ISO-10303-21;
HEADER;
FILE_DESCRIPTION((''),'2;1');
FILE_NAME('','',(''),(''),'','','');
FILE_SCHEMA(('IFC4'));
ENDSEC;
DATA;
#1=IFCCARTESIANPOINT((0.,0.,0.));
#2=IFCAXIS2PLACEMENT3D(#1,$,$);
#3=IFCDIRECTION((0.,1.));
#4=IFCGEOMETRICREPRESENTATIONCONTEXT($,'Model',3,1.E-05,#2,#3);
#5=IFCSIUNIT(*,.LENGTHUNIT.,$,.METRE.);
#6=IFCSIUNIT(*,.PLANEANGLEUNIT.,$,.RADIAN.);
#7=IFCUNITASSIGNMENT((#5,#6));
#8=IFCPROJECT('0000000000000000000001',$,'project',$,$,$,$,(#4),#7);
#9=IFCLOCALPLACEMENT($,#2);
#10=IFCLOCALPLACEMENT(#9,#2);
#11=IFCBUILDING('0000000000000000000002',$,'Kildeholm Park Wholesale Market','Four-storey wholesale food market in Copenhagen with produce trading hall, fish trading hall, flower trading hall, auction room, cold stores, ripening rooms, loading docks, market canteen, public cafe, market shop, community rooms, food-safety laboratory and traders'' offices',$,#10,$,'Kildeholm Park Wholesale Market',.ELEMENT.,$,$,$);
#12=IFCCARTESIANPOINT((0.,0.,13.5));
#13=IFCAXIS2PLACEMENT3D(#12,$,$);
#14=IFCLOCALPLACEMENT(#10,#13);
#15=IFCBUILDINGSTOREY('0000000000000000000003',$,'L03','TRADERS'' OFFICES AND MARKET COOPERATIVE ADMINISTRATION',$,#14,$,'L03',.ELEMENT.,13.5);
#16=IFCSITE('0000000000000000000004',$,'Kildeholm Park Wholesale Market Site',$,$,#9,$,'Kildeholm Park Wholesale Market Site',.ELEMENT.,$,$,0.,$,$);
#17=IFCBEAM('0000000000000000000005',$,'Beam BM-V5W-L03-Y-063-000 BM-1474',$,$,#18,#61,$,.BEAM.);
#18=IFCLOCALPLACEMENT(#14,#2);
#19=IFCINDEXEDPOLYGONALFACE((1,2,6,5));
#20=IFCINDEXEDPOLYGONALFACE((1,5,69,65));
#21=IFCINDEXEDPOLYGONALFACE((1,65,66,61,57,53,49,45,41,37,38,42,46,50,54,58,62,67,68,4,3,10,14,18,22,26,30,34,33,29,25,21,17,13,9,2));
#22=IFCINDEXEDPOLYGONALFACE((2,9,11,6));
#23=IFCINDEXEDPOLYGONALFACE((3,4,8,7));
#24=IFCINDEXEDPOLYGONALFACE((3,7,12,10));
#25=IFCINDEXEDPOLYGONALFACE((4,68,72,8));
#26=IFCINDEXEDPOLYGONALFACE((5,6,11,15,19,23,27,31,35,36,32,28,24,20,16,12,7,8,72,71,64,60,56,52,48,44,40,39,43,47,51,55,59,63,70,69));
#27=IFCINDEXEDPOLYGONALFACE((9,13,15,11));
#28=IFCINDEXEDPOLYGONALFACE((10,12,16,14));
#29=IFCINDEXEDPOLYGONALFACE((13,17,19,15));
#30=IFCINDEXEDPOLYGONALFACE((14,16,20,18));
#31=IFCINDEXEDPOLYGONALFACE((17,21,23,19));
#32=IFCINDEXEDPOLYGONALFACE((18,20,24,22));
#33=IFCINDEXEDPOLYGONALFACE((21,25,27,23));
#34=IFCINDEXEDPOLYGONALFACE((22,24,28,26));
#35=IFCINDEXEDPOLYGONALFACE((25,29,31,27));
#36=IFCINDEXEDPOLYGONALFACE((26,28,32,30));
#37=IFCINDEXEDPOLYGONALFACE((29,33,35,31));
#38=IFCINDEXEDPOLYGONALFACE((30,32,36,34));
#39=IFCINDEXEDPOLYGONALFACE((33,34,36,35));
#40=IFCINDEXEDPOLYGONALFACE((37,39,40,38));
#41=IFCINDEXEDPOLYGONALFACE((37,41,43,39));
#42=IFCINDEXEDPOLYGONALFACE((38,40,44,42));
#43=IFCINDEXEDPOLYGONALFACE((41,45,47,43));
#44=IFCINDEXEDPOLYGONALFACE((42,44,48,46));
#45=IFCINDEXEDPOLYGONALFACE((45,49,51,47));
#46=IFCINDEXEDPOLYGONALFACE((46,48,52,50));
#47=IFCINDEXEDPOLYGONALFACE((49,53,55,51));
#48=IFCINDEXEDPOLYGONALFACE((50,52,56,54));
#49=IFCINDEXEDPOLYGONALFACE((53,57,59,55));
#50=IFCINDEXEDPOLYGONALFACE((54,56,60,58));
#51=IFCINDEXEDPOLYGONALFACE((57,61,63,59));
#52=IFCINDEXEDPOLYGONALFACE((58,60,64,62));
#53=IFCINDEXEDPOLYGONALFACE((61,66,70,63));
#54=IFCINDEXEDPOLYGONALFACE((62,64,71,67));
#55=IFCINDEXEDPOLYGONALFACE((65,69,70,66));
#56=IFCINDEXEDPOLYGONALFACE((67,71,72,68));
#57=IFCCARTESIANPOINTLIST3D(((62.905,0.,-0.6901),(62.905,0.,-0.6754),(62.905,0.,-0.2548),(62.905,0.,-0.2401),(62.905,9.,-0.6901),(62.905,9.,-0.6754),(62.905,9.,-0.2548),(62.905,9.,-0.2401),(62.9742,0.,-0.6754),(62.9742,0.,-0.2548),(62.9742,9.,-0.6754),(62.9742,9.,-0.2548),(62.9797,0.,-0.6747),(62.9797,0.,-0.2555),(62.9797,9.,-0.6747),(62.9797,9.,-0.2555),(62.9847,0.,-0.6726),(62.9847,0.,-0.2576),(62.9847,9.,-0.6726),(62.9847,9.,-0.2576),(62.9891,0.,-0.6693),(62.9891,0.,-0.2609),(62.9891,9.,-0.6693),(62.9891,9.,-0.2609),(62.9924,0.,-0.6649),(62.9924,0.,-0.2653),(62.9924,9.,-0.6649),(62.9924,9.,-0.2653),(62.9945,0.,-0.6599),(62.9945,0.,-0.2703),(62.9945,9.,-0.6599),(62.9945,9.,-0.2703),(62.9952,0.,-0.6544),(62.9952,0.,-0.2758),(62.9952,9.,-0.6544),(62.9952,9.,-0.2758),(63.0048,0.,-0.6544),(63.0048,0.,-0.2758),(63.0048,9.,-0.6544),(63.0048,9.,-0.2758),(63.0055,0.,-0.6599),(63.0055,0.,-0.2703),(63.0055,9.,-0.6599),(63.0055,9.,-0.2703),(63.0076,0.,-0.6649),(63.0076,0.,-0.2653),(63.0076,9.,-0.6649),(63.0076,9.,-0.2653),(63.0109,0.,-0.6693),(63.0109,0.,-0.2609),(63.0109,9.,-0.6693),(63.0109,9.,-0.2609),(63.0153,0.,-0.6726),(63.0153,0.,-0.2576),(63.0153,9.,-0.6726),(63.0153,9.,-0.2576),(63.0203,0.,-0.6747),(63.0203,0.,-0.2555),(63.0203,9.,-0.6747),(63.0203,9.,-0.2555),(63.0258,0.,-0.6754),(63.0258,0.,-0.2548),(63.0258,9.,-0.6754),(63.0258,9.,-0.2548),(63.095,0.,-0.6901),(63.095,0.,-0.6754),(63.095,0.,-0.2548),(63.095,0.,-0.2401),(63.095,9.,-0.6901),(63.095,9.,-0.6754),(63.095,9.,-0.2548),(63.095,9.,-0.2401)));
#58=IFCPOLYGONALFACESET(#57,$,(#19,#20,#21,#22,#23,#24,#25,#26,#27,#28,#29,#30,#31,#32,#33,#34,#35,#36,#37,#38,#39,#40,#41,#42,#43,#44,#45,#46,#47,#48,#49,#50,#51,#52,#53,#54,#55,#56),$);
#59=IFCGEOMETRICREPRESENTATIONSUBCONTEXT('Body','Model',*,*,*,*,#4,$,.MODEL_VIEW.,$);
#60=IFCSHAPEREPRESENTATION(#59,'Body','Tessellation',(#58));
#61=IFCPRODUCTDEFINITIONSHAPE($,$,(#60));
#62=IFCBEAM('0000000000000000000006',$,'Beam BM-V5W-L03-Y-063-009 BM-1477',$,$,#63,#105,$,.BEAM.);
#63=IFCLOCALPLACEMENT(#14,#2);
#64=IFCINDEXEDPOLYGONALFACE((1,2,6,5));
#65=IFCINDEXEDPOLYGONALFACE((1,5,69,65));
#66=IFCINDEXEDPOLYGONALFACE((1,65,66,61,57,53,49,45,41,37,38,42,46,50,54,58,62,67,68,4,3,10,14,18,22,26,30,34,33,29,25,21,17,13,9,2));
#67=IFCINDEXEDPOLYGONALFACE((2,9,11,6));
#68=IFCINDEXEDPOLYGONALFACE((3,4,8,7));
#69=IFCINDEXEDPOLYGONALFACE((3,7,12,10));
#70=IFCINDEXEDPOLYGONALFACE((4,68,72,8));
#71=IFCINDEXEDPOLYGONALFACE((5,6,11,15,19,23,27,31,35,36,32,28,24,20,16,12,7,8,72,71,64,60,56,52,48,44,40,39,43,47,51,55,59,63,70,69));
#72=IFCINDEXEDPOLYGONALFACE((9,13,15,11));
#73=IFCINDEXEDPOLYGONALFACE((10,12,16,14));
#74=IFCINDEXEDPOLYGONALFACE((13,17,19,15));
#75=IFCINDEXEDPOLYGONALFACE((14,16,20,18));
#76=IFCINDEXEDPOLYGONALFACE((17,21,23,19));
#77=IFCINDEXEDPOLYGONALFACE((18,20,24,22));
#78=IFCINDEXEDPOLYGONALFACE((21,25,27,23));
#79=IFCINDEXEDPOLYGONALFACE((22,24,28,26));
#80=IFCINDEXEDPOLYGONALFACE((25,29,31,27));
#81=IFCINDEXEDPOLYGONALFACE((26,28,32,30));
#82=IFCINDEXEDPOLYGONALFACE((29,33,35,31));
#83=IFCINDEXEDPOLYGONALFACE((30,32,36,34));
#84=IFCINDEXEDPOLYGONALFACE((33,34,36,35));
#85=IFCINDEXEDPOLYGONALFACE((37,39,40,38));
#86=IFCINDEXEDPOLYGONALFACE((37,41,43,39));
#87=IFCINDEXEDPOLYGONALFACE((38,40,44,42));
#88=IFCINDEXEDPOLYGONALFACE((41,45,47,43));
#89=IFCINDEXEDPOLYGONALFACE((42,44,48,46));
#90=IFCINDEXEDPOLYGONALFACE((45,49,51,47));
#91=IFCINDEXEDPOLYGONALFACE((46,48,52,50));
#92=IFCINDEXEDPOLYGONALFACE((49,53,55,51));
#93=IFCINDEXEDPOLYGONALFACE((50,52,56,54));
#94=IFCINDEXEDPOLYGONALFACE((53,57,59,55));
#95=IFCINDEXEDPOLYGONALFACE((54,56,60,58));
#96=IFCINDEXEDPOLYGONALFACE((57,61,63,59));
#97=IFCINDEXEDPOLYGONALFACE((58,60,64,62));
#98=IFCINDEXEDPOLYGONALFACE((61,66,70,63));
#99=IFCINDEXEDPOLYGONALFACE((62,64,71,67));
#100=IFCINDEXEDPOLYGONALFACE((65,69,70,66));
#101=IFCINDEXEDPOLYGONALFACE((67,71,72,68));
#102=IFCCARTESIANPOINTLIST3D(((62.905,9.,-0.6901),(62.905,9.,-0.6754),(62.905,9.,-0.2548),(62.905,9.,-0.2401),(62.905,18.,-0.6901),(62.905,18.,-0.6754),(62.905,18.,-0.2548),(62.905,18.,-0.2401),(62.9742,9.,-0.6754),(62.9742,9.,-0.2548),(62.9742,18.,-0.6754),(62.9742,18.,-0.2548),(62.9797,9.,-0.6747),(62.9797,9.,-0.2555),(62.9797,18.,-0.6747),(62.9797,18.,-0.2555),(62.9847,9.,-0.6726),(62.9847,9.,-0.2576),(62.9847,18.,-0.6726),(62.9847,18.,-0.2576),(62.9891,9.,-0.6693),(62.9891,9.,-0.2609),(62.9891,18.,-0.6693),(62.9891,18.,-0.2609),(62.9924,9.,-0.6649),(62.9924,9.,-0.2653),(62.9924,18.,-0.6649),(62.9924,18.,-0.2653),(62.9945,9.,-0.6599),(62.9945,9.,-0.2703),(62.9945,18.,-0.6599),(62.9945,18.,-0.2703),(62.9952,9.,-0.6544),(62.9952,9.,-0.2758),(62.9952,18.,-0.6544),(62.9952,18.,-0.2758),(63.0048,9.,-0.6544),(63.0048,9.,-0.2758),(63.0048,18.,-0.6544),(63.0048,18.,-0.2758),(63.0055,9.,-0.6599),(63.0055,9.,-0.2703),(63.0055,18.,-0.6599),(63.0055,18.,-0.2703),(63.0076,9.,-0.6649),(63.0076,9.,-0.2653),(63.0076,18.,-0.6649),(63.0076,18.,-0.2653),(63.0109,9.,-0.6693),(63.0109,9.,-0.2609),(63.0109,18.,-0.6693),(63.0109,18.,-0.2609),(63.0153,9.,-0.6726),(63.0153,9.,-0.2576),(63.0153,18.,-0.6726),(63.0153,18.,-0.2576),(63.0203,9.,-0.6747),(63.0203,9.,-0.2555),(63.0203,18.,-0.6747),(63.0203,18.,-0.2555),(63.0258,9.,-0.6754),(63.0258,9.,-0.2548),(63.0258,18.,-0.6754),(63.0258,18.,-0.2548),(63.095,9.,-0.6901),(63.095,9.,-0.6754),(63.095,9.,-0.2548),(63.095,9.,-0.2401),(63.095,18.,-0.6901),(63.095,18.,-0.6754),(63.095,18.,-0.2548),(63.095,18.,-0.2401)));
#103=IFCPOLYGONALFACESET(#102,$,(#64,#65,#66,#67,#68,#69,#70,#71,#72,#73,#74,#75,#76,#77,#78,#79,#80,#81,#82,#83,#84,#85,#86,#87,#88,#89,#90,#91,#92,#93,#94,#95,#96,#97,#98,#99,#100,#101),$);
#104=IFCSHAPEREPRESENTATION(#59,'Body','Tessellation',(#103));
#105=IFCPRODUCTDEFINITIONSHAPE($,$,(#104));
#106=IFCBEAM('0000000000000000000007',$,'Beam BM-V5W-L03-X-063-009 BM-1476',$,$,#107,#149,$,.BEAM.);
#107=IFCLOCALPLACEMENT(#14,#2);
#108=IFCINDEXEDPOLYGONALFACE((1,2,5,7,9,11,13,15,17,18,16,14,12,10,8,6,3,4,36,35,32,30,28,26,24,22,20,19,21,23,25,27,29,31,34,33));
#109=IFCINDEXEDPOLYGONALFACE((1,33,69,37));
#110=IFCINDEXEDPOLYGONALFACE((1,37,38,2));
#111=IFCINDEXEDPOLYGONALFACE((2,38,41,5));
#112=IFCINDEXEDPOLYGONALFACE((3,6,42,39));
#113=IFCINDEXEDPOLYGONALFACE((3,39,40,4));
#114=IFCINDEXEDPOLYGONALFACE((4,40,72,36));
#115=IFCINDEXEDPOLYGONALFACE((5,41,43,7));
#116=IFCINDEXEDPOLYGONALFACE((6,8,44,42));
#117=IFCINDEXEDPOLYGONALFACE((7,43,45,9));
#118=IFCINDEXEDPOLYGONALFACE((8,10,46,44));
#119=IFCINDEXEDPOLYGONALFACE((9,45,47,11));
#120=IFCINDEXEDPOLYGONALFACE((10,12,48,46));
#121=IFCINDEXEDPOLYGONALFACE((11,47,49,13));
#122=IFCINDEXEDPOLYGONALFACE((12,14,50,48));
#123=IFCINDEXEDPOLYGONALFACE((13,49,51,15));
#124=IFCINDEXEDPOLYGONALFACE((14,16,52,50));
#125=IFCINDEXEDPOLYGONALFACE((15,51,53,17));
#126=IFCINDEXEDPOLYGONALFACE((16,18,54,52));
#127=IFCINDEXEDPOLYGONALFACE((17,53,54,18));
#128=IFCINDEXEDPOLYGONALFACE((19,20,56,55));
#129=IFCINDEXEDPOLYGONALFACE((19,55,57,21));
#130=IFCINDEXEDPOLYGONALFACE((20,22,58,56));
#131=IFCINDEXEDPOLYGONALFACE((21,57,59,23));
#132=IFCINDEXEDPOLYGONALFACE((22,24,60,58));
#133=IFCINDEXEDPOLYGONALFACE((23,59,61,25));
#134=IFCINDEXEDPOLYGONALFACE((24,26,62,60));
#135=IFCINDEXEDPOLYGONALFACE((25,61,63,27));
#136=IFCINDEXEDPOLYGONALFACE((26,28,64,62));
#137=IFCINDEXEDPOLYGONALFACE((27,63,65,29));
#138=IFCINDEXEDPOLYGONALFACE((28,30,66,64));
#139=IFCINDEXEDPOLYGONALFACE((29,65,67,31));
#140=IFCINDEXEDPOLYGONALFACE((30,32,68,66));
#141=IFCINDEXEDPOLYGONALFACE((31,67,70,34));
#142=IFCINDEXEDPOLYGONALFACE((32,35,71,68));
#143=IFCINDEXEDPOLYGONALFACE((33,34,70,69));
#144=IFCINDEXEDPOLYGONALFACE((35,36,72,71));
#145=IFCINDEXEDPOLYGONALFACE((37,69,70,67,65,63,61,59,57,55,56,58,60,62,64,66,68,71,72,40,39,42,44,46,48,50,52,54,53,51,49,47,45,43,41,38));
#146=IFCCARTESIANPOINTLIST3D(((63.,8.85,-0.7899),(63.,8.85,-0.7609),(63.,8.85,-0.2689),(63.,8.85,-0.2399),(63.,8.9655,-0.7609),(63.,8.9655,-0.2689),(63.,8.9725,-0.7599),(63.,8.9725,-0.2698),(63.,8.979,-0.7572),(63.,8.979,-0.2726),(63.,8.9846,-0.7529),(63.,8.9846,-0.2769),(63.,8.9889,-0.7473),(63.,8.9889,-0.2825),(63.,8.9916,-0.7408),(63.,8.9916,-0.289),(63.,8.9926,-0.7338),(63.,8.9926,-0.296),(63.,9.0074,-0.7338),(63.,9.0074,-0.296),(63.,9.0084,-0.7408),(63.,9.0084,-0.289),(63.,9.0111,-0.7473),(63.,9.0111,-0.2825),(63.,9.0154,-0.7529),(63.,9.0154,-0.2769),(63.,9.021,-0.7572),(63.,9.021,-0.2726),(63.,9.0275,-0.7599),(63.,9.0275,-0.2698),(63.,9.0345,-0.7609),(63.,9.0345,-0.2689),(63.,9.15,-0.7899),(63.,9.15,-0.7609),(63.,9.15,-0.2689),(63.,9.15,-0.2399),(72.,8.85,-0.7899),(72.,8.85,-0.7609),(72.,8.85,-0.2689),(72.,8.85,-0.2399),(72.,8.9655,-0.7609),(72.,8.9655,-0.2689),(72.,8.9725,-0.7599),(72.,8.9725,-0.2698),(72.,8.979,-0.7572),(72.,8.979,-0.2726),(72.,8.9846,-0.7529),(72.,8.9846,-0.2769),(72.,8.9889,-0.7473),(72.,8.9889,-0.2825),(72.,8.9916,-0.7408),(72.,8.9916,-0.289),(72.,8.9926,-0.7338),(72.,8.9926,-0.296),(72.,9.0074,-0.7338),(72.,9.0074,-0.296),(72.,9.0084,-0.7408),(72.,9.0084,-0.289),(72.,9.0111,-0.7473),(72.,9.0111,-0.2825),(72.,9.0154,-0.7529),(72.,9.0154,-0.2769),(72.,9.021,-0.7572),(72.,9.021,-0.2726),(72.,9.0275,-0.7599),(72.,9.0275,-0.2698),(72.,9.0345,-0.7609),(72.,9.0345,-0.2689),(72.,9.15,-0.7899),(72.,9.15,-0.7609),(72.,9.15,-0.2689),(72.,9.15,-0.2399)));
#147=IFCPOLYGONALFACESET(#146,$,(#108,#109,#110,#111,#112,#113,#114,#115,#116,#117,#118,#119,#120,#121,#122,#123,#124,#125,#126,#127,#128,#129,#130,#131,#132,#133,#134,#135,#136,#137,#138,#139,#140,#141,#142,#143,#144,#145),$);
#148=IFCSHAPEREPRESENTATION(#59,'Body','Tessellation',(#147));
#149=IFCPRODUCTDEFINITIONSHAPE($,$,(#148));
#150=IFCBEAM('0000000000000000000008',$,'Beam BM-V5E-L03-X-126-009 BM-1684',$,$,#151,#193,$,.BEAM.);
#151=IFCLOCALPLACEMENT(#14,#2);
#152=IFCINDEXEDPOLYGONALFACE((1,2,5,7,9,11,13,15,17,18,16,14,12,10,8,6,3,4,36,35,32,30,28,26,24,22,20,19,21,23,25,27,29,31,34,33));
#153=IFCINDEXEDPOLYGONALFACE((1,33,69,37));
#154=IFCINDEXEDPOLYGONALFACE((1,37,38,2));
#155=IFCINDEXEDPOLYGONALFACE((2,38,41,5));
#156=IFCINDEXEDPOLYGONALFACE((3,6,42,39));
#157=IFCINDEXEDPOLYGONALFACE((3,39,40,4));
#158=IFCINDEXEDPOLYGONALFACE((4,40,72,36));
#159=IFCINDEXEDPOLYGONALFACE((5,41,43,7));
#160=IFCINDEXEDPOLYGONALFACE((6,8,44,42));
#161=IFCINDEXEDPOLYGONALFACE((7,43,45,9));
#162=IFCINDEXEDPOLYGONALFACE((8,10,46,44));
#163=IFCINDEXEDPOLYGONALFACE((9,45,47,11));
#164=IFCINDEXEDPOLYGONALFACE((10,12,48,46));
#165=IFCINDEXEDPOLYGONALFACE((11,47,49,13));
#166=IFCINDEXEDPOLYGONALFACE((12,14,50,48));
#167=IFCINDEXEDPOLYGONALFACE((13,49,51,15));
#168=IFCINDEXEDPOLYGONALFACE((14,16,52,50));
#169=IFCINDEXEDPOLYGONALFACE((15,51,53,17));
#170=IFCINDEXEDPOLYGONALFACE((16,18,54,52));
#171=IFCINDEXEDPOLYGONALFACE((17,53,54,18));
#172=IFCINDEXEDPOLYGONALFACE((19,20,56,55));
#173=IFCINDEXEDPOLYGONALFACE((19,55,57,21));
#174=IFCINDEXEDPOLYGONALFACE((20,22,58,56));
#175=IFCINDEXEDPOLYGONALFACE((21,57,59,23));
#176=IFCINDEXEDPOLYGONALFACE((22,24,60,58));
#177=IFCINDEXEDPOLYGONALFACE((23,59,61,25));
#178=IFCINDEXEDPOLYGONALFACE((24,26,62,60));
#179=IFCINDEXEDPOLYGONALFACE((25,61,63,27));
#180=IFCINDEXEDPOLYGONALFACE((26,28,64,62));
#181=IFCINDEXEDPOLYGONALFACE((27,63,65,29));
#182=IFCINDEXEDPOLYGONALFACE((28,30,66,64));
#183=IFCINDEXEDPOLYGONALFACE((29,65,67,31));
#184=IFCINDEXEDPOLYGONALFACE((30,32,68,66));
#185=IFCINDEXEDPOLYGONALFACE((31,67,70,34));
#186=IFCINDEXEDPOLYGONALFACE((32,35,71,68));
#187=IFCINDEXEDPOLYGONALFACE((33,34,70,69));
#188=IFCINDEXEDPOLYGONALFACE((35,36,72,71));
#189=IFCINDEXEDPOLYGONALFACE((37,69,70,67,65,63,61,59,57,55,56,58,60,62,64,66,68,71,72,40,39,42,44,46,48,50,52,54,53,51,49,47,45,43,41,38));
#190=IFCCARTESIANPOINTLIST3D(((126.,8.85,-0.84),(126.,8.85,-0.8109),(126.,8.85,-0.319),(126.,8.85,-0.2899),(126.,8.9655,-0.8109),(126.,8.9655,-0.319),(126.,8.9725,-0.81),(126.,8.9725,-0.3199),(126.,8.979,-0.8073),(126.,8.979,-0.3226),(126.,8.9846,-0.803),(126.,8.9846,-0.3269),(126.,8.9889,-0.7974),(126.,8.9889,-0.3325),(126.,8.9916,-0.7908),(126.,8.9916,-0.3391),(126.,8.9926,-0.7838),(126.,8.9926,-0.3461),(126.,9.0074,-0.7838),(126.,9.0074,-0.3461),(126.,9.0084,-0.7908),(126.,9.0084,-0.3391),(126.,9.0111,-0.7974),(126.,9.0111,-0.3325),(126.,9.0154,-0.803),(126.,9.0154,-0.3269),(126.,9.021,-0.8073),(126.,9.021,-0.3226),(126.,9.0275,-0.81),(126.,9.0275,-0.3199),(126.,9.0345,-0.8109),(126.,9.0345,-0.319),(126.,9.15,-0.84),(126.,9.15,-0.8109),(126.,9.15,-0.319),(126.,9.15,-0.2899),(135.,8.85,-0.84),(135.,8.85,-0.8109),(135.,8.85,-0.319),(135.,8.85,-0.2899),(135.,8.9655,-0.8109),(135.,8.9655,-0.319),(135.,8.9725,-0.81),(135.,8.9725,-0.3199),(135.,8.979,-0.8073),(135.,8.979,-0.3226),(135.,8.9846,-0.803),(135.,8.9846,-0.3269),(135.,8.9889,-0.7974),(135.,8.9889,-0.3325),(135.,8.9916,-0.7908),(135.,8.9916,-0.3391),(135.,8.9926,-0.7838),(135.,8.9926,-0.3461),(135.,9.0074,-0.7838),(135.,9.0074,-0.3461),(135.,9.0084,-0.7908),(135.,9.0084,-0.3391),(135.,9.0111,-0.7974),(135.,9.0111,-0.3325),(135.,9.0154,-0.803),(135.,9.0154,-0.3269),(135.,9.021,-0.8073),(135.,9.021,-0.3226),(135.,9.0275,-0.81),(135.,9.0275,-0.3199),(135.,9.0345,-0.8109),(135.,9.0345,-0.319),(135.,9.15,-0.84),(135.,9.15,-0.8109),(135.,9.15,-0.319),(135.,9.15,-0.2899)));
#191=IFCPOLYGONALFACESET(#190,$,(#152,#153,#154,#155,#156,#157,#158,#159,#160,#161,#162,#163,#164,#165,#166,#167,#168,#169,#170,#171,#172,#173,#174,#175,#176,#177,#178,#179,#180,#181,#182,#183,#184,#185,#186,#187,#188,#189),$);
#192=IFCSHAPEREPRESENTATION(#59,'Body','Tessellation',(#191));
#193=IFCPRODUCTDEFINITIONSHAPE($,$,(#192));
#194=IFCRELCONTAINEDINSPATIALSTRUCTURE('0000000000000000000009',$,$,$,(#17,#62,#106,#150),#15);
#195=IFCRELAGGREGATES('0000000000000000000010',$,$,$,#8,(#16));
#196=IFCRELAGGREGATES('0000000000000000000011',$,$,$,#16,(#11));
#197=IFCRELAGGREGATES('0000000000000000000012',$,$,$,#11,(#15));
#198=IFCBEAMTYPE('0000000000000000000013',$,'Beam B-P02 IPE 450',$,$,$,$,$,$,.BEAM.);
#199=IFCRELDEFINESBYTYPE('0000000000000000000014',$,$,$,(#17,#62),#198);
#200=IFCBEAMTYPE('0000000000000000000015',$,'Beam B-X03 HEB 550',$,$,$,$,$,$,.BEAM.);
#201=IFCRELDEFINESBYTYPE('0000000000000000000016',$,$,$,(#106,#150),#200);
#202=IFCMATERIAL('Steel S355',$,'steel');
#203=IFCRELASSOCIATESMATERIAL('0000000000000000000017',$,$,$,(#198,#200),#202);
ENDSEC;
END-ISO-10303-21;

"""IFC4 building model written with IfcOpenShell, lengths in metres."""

from ifc_helpers import new_model, si_unit, direction, frame, origin, origin_2d, place, context, subcontext, project, spatial, i_section, extrude, material, material_profile, profile_set, type_object, element, save


model = new_model("IFC4")

# Units and contexts
model_context = context("Model", 3, precision=1e-05, world=origin(), true_north=direction((0.0, 1.0)))
body_context = subcontext(model_context, "Body", "Model", "MODEL_VIEW")
ifc_project = project(units=[si_unit("LENGTHUNIT", "METRE"), si_unit("PLANEANGLEUNIT", "RADIAN")], contexts=[model_context])

# Site, building, storey
site_placement = place(None, origin())
site = spatial("IfcSite", under=ifc_project, at=site_placement, Name="Kildeholm Park Wholesale Market Site", LongName="Kildeholm Park Wholesale Market Site", CompositionType="ELEMENT", RefElevation=0.0)
building_placement = place(site_placement, origin())
building = spatial("IfcBuilding", under=site, at=building_placement, Name="Kildeholm Park Wholesale Market", Description="Four-storey wholesale food market in Copenhagen with produce trading hall, fish trading hall, flower trading hall, auction room, cold stores, ripening rooms, loading docks, market canteen, public cafe, market shop, community rooms, food-safety laboratory and traders' offices", LongName="Kildeholm Park Wholesale Market", CompositionType="ELEMENT")
storey_placement = place(building_placement, frame((0.0, 0.0, 13.5)))
storey = spatial("IfcBuildingStorey", under=building, at=storey_placement, Name="L03", Description="TRADERS' OFFICES AND MARKET COOPERATIVE ADMINISTRATION", LongName="L03", CompositionType="ELEMENT", Elevation=13.5)

# Shared definitions
ifc_material_1 = material(Name="Steel S355", Category="steel")

# Beams
ifc_material_profile_1 = material_profile(ifc_material_1, i_section(OverallWidth=0.1899, OverallDepth=0.45, WebThickness=0.0095, FlangeThickness=0.0146, FilletRadius=0.021, at=origin_2d()), Name="IPE 450")
ifc_profile_set_1 = profile_set([ifc_material_profile_1], Name="Steel S355")
beam_type_1 = type_object("IfcBeamType", Name="Beam B-P02 IPE 450", PredefinedType="BEAM", material=ifc_profile_set_1)
for number, where, z_axis, x_axis, name in (
    (1, (63.0, 0.0, -0.4651), (0.0, 1.0, 0.0), (-1.0, 0.0, 0.0), "Beam BM-V5W-L03-Y-063-000 BM-1474"),
    (2, (63.0, 9.0, -0.4651), (0.0, 1.0, 0.0), (-1.0, 0.0, 0.0), "Beam BM-V5W-L03-Y-063-009 BM-1477"),
):
    element("IfcBeam", number, at=place(storey_placement, frame(where, z_axis=z_axis, x_axis=x_axis)), inside=storey, type_object=beam_type_1, Name=name, PredefinedType="BEAM", context=body_context, shape_type="SweptSolid", body=[
        extrude(i_section(OverallWidth=0.1899, OverallDepth=0.45, WebThickness=0.0095, FlangeThickness=0.0146, FilletRadius=0.021, at=origin_2d()), origin(), (0.0, 0.0, 1.0), 9.0),
    ])
ifc_material_profile_2 = material_profile(ifc_material_1, i_section(OverallWidth=0.3, OverallDepth=0.55, WebThickness=0.0149, FlangeThickness=0.0291, FilletRadius=0.0271, at=origin_2d()), Name="HEB 550")
ifc_profile_set_2 = profile_set([ifc_material_profile_2], Name="Steel S355")
beam_type_2 = type_object("IfcBeamType", Name="Beam B-X03 HEB 550", PredefinedType="BEAM", material=ifc_profile_set_2)
for number, where, z_axis, x_axis, name in (
    (3, (63.0, 9.0, -0.5149), (1.0, 0.0, 0.0), (0.0, 1.0, 0.0), "Beam BM-V5W-L03-X-063-009 BM-1476"),
    (4, (126.0, 9.0, -0.5649), (1.0, 0.0, 0.0), (0.0, 1.0, 0.0), "Beam BM-V5E-L03-X-126-009 BM-1684"),
):
    element("IfcBeam", number, at=place(storey_placement, frame(where, z_axis=z_axis, x_axis=x_axis)), inside=storey, type_object=beam_type_2, Name=name, PredefinedType="BEAM", context=body_context, shape_type="SweptSolid", body=[
        extrude(i_section(OverallWidth=0.3, OverallDepth=0.55, WebThickness=0.0149, FlangeThickness=0.0291, FilletRadius=0.0271, at=origin_2d()), origin(), (0.0, 0.0, 1.0), 9.0),
    ])

save(model, "model.ifc")
